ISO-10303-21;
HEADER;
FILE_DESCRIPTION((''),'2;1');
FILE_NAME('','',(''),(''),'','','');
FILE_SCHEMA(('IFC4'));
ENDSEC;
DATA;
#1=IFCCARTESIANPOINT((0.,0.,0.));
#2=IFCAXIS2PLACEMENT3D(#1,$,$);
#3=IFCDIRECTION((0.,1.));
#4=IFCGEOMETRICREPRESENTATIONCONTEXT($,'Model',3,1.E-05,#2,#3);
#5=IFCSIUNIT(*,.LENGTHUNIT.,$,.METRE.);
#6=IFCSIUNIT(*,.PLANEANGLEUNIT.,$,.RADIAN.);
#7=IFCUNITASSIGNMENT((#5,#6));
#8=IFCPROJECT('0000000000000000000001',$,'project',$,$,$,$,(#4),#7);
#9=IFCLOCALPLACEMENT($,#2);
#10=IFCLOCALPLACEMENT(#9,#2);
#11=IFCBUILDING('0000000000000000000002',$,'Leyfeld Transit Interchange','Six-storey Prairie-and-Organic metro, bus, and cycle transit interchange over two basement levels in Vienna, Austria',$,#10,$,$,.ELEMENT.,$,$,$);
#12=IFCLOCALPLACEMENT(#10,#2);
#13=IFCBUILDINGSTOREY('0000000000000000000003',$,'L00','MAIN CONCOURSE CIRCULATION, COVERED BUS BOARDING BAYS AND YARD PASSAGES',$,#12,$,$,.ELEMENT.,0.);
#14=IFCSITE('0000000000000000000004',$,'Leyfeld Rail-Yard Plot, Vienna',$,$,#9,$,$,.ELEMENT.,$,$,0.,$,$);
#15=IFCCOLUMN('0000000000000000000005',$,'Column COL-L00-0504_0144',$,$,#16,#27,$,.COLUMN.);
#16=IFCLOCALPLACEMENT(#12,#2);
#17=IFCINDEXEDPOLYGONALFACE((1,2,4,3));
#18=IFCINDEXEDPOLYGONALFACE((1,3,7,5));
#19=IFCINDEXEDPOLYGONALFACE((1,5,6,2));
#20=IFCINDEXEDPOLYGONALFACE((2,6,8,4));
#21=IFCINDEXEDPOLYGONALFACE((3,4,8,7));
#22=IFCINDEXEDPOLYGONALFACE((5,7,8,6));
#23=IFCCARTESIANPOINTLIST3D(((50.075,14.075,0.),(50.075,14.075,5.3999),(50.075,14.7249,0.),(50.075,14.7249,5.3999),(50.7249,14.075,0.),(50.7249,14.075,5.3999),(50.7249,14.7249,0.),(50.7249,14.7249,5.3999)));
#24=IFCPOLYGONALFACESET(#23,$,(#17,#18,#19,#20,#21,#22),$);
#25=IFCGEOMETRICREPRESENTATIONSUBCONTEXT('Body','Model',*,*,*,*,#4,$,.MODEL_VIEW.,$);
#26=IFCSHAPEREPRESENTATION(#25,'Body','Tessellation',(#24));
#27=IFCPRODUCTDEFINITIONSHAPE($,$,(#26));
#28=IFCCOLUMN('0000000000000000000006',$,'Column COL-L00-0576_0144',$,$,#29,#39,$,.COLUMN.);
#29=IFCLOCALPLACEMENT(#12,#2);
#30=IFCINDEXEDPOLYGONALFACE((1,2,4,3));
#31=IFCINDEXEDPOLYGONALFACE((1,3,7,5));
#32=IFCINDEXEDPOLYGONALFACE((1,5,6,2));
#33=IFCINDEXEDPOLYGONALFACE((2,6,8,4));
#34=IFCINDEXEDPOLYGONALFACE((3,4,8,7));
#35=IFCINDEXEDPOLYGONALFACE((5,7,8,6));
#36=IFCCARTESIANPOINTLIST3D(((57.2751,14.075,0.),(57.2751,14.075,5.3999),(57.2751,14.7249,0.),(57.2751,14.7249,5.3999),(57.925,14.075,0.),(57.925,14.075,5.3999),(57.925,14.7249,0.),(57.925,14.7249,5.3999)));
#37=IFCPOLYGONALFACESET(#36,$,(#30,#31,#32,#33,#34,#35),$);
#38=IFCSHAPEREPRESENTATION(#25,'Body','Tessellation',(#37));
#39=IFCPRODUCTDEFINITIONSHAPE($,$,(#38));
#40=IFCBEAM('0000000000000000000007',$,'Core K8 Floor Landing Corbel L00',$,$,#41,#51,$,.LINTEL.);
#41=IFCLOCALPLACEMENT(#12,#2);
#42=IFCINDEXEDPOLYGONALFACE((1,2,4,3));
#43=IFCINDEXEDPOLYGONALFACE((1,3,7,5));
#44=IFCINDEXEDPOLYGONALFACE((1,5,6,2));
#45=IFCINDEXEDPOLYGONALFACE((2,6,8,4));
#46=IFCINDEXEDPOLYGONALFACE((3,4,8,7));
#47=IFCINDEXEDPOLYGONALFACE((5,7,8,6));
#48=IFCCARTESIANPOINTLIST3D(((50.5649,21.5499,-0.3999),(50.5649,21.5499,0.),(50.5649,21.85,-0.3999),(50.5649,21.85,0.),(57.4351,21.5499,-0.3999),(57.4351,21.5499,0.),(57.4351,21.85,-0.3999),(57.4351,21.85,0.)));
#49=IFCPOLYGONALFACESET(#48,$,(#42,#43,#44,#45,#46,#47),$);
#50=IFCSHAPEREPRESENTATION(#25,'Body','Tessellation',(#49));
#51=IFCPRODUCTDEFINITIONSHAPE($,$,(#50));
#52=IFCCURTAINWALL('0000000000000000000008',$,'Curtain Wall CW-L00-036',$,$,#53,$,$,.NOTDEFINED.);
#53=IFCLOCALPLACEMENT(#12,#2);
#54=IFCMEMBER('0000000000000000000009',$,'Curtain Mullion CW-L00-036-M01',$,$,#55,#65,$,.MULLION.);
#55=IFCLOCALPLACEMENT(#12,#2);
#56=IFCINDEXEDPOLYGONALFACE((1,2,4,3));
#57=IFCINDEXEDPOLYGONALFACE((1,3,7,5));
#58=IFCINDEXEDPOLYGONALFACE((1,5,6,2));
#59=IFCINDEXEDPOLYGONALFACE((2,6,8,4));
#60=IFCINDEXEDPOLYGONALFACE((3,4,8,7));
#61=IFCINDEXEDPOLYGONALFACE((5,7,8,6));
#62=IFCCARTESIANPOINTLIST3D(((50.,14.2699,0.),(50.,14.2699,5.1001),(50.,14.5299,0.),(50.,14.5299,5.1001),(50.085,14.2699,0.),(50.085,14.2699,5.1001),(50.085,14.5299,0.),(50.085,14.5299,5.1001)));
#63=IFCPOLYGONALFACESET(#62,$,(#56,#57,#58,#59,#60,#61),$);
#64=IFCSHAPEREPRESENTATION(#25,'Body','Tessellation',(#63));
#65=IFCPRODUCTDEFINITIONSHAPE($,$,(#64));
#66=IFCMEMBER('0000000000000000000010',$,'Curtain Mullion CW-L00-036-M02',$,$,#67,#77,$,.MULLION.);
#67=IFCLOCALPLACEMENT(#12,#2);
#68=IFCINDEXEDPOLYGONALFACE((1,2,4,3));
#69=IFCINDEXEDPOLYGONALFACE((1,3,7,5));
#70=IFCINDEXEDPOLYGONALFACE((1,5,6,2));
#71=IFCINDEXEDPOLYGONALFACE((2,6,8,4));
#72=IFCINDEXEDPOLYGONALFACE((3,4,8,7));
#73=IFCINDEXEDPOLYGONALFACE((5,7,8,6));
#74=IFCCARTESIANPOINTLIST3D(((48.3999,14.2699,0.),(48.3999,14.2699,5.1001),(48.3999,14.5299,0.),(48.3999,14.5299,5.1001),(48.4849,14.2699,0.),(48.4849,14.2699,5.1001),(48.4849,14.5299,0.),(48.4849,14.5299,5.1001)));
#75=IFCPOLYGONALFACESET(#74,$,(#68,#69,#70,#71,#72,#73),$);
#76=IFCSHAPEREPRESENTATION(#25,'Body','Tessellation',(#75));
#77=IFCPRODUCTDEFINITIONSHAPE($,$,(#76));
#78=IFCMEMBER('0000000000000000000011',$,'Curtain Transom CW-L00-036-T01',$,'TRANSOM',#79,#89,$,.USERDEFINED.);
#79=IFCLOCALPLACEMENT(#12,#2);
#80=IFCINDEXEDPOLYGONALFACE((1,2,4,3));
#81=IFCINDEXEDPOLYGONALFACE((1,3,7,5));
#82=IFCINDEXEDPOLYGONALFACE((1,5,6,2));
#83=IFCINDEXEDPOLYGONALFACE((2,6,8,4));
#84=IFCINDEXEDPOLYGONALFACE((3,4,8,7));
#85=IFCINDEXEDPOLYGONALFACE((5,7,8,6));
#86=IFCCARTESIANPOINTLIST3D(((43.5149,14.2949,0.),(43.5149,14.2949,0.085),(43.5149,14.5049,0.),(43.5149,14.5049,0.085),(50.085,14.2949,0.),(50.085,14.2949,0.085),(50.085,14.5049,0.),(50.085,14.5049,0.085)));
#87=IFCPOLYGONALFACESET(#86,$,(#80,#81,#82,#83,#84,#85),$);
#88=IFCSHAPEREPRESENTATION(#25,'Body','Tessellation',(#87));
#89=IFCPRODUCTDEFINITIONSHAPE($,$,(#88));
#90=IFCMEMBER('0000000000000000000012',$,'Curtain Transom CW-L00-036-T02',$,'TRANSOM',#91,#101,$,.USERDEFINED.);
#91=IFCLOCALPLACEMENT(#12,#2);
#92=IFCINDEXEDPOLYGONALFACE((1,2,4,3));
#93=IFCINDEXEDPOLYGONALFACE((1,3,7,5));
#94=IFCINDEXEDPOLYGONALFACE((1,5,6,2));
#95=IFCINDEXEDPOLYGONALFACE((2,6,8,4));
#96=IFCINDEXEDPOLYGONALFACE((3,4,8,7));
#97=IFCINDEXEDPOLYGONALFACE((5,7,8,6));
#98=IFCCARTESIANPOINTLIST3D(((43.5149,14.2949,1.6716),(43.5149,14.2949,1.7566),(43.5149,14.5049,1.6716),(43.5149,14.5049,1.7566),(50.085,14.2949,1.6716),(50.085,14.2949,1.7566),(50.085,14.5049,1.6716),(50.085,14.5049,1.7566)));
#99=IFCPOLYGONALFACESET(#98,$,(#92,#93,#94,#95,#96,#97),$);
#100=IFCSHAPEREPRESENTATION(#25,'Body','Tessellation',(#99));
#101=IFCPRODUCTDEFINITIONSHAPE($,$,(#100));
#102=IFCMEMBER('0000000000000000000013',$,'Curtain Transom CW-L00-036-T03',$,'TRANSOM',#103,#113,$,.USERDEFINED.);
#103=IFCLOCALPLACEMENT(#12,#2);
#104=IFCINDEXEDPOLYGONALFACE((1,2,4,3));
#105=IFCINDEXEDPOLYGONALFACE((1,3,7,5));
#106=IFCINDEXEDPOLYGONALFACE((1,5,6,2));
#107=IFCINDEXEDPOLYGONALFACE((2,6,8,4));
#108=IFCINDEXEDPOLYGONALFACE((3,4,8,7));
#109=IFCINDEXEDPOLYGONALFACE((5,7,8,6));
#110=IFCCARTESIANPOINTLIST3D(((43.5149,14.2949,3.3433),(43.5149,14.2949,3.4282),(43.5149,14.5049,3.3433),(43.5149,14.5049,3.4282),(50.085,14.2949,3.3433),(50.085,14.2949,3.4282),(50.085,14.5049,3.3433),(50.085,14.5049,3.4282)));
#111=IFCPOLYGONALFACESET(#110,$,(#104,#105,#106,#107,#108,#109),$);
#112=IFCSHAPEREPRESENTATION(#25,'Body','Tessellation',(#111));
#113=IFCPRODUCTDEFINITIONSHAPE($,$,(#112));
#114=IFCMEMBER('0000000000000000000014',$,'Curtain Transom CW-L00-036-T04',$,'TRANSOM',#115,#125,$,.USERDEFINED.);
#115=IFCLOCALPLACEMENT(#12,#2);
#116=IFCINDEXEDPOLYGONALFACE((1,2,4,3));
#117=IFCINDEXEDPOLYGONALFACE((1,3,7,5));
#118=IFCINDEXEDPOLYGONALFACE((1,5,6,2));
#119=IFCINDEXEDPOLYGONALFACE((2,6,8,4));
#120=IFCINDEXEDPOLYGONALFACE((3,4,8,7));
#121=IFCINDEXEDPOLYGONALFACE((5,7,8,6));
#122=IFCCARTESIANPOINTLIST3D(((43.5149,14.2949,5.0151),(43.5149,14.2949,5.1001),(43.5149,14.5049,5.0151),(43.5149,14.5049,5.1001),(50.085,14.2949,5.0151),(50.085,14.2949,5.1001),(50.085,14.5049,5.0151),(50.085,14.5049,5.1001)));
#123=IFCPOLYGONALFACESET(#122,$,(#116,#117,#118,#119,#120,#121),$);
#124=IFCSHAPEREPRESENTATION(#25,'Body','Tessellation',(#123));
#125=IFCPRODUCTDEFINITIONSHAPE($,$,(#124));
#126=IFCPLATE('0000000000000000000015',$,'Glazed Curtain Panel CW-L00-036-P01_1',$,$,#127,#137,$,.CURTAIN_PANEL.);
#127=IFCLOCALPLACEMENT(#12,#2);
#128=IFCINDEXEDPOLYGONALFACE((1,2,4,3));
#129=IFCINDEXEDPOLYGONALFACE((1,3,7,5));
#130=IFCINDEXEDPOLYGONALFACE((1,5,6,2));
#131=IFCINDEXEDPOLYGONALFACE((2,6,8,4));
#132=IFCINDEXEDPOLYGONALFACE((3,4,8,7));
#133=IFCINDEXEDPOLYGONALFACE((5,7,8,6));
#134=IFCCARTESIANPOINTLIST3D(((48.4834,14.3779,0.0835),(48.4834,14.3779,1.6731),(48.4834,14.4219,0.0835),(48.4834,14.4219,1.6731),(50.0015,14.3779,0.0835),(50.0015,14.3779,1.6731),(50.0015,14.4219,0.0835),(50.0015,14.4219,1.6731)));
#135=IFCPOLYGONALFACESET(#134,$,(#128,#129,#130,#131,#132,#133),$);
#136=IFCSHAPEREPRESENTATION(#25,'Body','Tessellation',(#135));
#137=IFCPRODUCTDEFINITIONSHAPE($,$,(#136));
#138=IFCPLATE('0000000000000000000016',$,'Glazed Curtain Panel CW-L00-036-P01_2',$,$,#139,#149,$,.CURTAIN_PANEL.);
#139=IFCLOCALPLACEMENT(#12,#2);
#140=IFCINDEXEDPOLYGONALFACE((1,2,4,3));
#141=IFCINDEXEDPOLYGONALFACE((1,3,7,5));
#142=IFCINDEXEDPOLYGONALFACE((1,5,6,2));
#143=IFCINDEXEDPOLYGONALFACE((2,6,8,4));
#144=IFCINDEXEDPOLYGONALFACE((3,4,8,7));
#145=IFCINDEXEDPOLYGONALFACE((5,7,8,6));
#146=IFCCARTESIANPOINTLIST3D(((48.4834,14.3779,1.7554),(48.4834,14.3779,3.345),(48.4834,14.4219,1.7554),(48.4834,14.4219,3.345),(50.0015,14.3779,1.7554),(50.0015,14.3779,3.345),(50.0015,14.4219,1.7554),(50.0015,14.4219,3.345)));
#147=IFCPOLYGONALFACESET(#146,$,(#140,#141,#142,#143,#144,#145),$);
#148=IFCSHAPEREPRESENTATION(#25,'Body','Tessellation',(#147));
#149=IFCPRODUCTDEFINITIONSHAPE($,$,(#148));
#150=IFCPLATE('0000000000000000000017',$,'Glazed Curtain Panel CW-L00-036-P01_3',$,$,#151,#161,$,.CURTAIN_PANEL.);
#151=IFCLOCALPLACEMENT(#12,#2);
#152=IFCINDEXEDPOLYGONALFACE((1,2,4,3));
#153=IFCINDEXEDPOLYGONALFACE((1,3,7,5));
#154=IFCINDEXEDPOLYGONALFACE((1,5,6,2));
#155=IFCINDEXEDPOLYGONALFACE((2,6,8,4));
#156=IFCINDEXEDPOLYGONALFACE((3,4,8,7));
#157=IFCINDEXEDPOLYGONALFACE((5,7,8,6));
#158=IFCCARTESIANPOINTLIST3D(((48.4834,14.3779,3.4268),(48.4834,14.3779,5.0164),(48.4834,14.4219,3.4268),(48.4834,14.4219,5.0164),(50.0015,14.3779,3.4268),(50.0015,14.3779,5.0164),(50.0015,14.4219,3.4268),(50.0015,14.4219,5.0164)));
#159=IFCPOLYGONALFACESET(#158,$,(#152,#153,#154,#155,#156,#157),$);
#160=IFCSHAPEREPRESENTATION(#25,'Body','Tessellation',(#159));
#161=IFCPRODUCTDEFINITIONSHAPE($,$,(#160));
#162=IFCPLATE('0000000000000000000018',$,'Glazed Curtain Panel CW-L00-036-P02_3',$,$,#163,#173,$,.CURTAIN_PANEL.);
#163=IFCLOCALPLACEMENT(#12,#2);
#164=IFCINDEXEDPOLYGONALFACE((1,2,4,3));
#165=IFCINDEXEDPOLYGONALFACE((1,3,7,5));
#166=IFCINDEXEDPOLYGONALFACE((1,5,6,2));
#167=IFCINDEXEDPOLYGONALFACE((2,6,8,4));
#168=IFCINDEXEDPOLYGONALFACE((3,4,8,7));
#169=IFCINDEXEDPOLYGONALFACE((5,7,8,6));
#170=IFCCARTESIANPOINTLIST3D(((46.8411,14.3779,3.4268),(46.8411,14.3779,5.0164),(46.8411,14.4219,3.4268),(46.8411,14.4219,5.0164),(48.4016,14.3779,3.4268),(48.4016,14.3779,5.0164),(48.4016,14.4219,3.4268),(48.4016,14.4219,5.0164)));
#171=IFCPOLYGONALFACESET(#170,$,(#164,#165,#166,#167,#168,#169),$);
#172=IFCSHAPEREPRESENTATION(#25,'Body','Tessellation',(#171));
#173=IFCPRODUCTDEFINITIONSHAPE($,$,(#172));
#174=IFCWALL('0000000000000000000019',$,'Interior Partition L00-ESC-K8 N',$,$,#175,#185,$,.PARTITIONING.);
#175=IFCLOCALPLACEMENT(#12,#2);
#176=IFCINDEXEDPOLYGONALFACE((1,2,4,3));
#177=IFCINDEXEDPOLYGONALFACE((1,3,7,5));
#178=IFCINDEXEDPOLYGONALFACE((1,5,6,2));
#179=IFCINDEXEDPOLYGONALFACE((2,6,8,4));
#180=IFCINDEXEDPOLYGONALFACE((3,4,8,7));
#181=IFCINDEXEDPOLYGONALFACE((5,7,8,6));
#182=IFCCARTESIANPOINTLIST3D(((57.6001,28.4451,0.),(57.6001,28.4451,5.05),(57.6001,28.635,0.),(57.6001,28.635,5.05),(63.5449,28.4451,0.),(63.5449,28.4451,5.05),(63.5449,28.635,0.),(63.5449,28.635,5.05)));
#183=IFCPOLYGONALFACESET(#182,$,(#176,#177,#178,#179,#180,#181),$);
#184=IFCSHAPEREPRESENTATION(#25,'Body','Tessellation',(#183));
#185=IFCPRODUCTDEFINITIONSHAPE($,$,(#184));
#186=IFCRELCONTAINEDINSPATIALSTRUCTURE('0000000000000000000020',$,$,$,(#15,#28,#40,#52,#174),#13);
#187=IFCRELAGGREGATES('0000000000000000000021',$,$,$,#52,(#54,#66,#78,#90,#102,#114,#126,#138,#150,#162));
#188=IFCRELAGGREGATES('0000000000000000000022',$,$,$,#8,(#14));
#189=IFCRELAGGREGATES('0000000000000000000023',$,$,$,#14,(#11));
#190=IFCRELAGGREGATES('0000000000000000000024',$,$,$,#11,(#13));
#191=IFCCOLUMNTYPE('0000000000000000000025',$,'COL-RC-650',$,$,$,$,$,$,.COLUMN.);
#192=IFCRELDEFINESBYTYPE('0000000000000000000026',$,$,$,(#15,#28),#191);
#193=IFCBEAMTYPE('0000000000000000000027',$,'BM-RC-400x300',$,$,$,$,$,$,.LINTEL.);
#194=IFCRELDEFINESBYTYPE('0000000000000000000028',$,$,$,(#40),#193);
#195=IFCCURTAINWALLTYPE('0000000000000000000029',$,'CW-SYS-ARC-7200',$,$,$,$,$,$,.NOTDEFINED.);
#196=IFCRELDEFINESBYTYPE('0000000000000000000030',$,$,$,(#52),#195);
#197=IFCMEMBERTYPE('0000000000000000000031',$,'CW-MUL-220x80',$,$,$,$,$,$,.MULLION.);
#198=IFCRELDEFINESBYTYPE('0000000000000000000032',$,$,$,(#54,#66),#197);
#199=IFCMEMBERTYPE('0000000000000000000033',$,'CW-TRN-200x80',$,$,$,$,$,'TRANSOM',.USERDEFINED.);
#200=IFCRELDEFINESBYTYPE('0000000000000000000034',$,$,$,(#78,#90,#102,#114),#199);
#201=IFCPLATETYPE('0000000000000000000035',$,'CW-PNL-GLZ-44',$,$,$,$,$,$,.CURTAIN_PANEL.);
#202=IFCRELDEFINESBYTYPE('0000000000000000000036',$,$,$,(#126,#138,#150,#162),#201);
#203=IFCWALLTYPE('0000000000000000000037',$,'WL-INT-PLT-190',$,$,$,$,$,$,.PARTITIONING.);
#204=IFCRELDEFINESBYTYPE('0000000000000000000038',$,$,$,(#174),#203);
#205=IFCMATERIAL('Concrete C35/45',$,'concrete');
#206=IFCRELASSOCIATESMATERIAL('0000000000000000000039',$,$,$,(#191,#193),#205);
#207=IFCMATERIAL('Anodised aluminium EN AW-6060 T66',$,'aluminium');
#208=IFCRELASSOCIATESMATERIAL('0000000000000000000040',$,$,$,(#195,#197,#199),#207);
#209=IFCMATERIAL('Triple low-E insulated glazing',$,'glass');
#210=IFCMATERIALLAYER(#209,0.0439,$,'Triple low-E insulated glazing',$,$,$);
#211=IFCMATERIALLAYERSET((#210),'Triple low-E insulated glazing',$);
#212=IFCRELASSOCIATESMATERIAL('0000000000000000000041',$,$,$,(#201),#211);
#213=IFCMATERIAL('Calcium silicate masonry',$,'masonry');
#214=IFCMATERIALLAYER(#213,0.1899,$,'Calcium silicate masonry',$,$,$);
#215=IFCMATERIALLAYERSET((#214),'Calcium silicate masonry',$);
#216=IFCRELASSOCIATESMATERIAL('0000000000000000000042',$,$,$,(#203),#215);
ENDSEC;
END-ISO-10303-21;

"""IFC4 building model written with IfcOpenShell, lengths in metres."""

from ifc_helpers import new_model, si_unit, direction, frame, frame_2d, origin, origin_2d, place, context, subcontext, project, spatial, rectangle, extrude, material, layer, layer_set, material_profile, profile_set, type_object, element, aggregate, save


model = new_model("IFC4")

# Units and contexts
model_context = context("Model", 3, precision=1e-05, world=origin(), true_north=direction((0.0, 1.0)))
body_context = subcontext(model_context, "Body", "Model", "MODEL_VIEW")
ifc_project = project(units=[si_unit("LENGTHUNIT", "METRE"), si_unit("PLANEANGLEUNIT", "RADIAN")], contexts=[model_context])

# Site, building, storey
site_placement = place(None, origin())
site = spatial("IfcSite", under=ifc_project, at=site_placement, Name="Leyfeld Rail-Yard Plot, Vienna", CompositionType="ELEMENT", RefElevation=0.0)
building_placement = place(site_placement, origin())
building = spatial("IfcBuilding", under=site, at=building_placement, Name="Leyfeld Transit Interchange", Description="Six-storey Prairie-and-Organic metro, bus, and cycle transit interchange over two basement levels in Vienna, Austria", CompositionType="ELEMENT")
storey_placement = place(building_placement, origin())
storey = spatial("IfcBuildingStorey", under=building, at=storey_placement, Name="L00", Description="MAIN CONCOURSE CIRCULATION, COVERED BUS BOARDING BAYS AND YARD PASSAGES", CompositionType="ELEMENT", Elevation=0.0)

# Columns
ifc_material_1 = material(Name="Concrete C35/45", Category="concrete")
ifc_material_profile_1 = material_profile(ifc_material_1, rectangle(XDim=0.6499, YDim=0.6499, at=origin_2d()), Name="RC 650x650")
ifc_profile_set_1 = profile_set([ifc_material_profile_1], Name="Concrete C35/45")
column_type = type_object("IfcColumnType", Name="COL-RC-650", PredefinedType="COLUMN", material=ifc_profile_set_1)
for number, where, z_axis, x_axis, name in (
    (1, (50.3999, 14.3999, 0.0), (0.0, 0.0, 1.0), (1.0, 0.0, 0.0), "Column COL-L00-0504_0144"),
    (2, (57.6001, 14.3999, 0.0), (0.0, 0.0, 1.0), (1.0, 0.0, 0.0), "Column COL-L00-0576_0144"),
):
    element("IfcColumn", number, at=place(storey_placement, frame(where, z_axis=z_axis, x_axis=x_axis)), inside=storey, type_object=column_type, Name=name, PredefinedType="COLUMN", context=body_context, shape_type="SweptSolid", body=[
        extrude(rectangle(XDim=0.6499, YDim=0.6499, at=origin_2d()), origin(), (0.0, 0.0, 1.0), 5.3999),
    ])

# Beam
ifc_material_profile_2 = material_profile(ifc_material_1, rectangle(XDim=0.3, YDim=0.3999, at=origin_2d()), Name="RC 400x300")
ifc_profile_set_2 = profile_set([ifc_material_profile_2], Name="Concrete C35/45")
beam_type = type_object("IfcBeamType", Name="BM-RC-400x300", PredefinedType="LINTEL", material=ifc_profile_set_2)
beam_placement = place(storey_placement, frame((50.5649, 21.7, -0.2), z_axis=(1.0, 0.0, 0.0), x_axis=(0.0, 1.0, 0.0)))
element("IfcBeam", 3, at=beam_placement, inside=storey, type_object=beam_type, Name="Core K8 Floor Landing Corbel L00", PredefinedType="LINTEL", context=body_context, shape_type="SweptSolid", body=[
    extrude(rectangle(XDim=0.3, YDim=0.3999, at=origin_2d()), origin(), (0.0, 0.0, 1.0), 6.8701),
])

# Curtain wall, members, plates
ifc_material_2 = material(Name="Anodised aluminium EN AW-6060 T66", Category="aluminium")
curtain_wall_type = type_object("IfcCurtainWallType", Name="CW-SYS-ARC-7200", PredefinedType="NOTDEFINED", material=ifc_material_2)
curtain_wall_placement = place(storey_placement, origin())
curtain_wall = element("IfcCurtainWall", 4, at=curtain_wall_placement, inside=storey, type_object=curtain_wall_type, Name="Curtain Wall CW-L00-036", PredefinedType="NOTDEFINED")
ifc_material_profile_3 = material_profile(ifc_material_2, rectangle(XDim=0.085, YDim=0.26, at=origin_2d()), Name="CW-M 85x260")
ifc_profile_set_3 = profile_set([ifc_material_profile_3], Name="Anodised aluminium EN AW-6060 T66")
member_type_1 = type_object("IfcMemberType", Name="CW-MUL-220x80", PredefinedType="MULLION", material=ifc_profile_set_3)
member_1_placement = place(storey_placement, frame((50.0425, 14.3999, 0.0), z_axis=(0.0, 0.0, 1.0), x_axis=(-1.0, 0.0, 0.0)))
member_1 = element("IfcMember", 5, at=member_1_placement, type_object=member_type_1, Name="Curtain Mullion CW-L00-036-M01", PredefinedType="MULLION", context=body_context, shape_type="SweptSolid", body=[
    extrude(rectangle(XDim=0.085, YDim=0.26, at=origin_2d()), origin(), (0.0, 0.0, 1.0), 5.1001),
])
member_2_placement = place(storey_placement, frame((48.4424, 14.3999, 0.0), z_axis=(0.0, 0.0, 1.0), x_axis=(-1.0, 0.0, 0.0)))
member_2 = element("IfcMember", 6, at=member_2_placement, type_object=member_type_1, Name="Curtain Mullion CW-L00-036-M02", PredefinedType="MULLION", context=body_context, shape_type="SweptSolid", body=[
    extrude(rectangle(XDim=0.085, YDim=0.26, at=origin_2d()), origin(), (0.0, 0.0, 1.0), 5.1001),
])
ifc_material_profile_4 = material_profile(ifc_material_2, rectangle(XDim=0.21, YDim=0.085, at=origin_2d()), Name="CW-TRN-200x80")
ifc_profile_set_4 = profile_set([ifc_material_profile_4], Name="Anodised aluminium EN AW-6060 T66")
member_type_2 = type_object("IfcMemberType", Name="CW-TRN-200x80", ElementType="TRANSOM", PredefinedType="USERDEFINED", material=ifc_profile_set_4)
member_3_placement = place(storey_placement, frame((50.085, 14.3999, 0.0425), z_axis=(-1.0, 0.0, 0.0), x_axis=(0.0, -1.0, 0.0)))
member_3 = element("IfcMember", 7, at=member_3_placement, type_object=member_type_2, Name="Curtain Transom CW-L00-036-T01", ObjectType="TRANSOM", PredefinedType="USERDEFINED", context=body_context, shape_type="SweptSolid", body=[
    extrude(rectangle(XDim=0.21, YDim=0.085, at=origin_2d()), origin(), (0.0, 0.0, 1.0), 6.5701),
])
member_4_placement = place(storey_placement, frame((50.085, 14.3999, 1.7141), z_axis=(-1.0, 0.0, 0.0), x_axis=(0.0, -1.0, 0.0)))
member_4 = element("IfcMember", 8, at=member_4_placement, type_object=member_type_2, Name="Curtain Transom CW-L00-036-T02", ObjectType="TRANSOM", PredefinedType="USERDEFINED", context=body_context, shape_type="SweptSolid", body=[
    extrude(rectangle(XDim=0.21, YDim=0.085, at=origin_2d()), origin(), (0.0, 0.0, 1.0), 6.5701),
])
member_5_placement = place(storey_placement, frame((50.085, 14.3999, 3.3857), z_axis=(-1.0, 0.0, 0.0), x_axis=(0.0, -1.0, 0.0)))
member_5 = element("IfcMember", 9, at=member_5_placement, type_object=member_type_2, Name="Curtain Transom CW-L00-036-T03", ObjectType="TRANSOM", PredefinedType="USERDEFINED", context=body_context, shape_type="SweptSolid", body=[
    extrude(rectangle(XDim=0.21, YDim=0.085, at=origin_2d()), origin(), (0.0, 0.0, 1.0), 6.5701),
])
member_6_placement = place(storey_placement, frame((50.085, 14.3999, 5.0576), z_axis=(-1.0, 0.0, 0.0), x_axis=(0.0, -1.0, 0.0)))
member_6 = element("IfcMember", 10, at=member_6_placement, type_object=member_type_2, Name="Curtain Transom CW-L00-036-T04", ObjectType="TRANSOM", PredefinedType="USERDEFINED", context=body_context, shape_type="SweptSolid", body=[
    extrude(rectangle(XDim=0.21, YDim=0.085, at=origin_2d()), origin(), (0.0, 0.0, 1.0), 6.5701),
])
ifc_material_3 = material(Name="Triple low-E insulated glazing", Category="glass")
ifc_layer_1 = layer(ifc_material_3, 0.0439, Name="Triple low-E insulated glazing")
ifc_layer_set_1 = layer_set([ifc_layer_1], Name="Triple low-E insulated glazing")
plate_type = type_object("IfcPlateType", Name="CW-PNL-GLZ-44", PredefinedType="CURTAIN_PANEL", material=ifc_layer_set_1)
plate_1_placement = place(storey_placement, frame((49.2424, 14.3999, 0.0835), z_axis=(0.0, 0.0, 1.0), x_axis=(-1.0, 0.0, 0.0)))
plate_1 = element("IfcPlate", 11, at=plate_1_placement, type_object=plate_type, Name="Glazed Curtain Panel CW-L00-036-P01_1", PredefinedType="CURTAIN_PANEL", context=body_context, shape_type="SweptSolid", body=[
    extrude(rectangle(XDim=1.5181, YDim=0.0439, at=origin_2d()), origin(), (0.0, 0.0, 1.0), 1.5896),
])
plate_2_placement = place(storey_placement, frame((49.2424, 14.3999, 1.7554), z_axis=(0.0, 0.0, 1.0), x_axis=(-1.0, 0.0, 0.0)))
plate_2 = element("IfcPlate", 12, at=plate_2_placement, type_object=plate_type, Name="Glazed Curtain Panel CW-L00-036-P01_2", PredefinedType="CURTAIN_PANEL", context=body_context, shape_type="SweptSolid", body=[
    extrude(rectangle(XDim=1.5181, YDim=0.0439, at=origin_2d()), origin(), (0.0, 0.0, 1.0), 1.5896),
])
plate_3_placement = place(storey_placement, frame((49.2424, 14.3999, 3.4268), z_axis=(0.0, 0.0, 1.0), x_axis=(-1.0, 0.0, 0.0)))
plate_3 = element("IfcPlate", 13, at=plate_3_placement, type_object=plate_type, Name="Glazed Curtain Panel CW-L00-036-P01_3", PredefinedType="CURTAIN_PANEL", context=body_context, shape_type="SweptSolid", body=[
    extrude(rectangle(XDim=1.5181, YDim=0.0439, at=origin_2d()), origin(), (0.0, 0.0, 1.0), 1.5896),
])
plate_4_placement = place(storey_placement, frame((47.6213, 14.3999, 3.4268), z_axis=(0.0, 0.0, 1.0), x_axis=(-1.0, 0.0, 0.0)))
plate_4 = element("IfcPlate", 14, at=plate_4_placement, type_object=plate_type, Name="Glazed Curtain Panel CW-L00-036-P02_3", PredefinedType="CURTAIN_PANEL", context=body_context, shape_type="SweptSolid", body=[
    extrude(rectangle(XDim=1.5605, YDim=0.0439, at=origin_2d()), origin(), (0.0, 0.0, 1.0), 1.5896),
])
aggregate(curtain_wall, [member_1, member_2, member_3, member_4, member_5, member_6, plate_1, plate_2, plate_3, plate_4])

# Wall
ifc_material_4 = material(Name="Calcium silicate masonry", Category="masonry")
ifc_layer_2 = layer(ifc_material_4, 0.1899, Name="Calcium silicate masonry")
ifc_layer_set_2 = layer_set([ifc_layer_2], Name="Calcium silicate masonry")
wall_type_1 = type_object("IfcWallType", Name="WL-INT-PLT-190", PredefinedType="PARTITIONING", material=ifc_layer_set_2)
wall_1_placement = place(storey_placement, frame((57.6001, 28.54, 0.0), z_axis=(0.0, 0.0, 1.0), x_axis=(1.0, 0.0, 0.0)))
element("IfcWall", 15, at=wall_1_placement, inside=storey, type_object=wall_type_1, Name="Interior Partition L00-ESC-K8 N", PredefinedType="PARTITIONING", context=body_context, shape_type="SweptSolid", body=[
    extrude(rectangle(XDim=5.9448, YDim=0.1899, at=frame_2d((2.9724, 0.0))), origin(), (0.0, 0.0, 1.0), 5.05),
])

save(model, "model.ifc")
